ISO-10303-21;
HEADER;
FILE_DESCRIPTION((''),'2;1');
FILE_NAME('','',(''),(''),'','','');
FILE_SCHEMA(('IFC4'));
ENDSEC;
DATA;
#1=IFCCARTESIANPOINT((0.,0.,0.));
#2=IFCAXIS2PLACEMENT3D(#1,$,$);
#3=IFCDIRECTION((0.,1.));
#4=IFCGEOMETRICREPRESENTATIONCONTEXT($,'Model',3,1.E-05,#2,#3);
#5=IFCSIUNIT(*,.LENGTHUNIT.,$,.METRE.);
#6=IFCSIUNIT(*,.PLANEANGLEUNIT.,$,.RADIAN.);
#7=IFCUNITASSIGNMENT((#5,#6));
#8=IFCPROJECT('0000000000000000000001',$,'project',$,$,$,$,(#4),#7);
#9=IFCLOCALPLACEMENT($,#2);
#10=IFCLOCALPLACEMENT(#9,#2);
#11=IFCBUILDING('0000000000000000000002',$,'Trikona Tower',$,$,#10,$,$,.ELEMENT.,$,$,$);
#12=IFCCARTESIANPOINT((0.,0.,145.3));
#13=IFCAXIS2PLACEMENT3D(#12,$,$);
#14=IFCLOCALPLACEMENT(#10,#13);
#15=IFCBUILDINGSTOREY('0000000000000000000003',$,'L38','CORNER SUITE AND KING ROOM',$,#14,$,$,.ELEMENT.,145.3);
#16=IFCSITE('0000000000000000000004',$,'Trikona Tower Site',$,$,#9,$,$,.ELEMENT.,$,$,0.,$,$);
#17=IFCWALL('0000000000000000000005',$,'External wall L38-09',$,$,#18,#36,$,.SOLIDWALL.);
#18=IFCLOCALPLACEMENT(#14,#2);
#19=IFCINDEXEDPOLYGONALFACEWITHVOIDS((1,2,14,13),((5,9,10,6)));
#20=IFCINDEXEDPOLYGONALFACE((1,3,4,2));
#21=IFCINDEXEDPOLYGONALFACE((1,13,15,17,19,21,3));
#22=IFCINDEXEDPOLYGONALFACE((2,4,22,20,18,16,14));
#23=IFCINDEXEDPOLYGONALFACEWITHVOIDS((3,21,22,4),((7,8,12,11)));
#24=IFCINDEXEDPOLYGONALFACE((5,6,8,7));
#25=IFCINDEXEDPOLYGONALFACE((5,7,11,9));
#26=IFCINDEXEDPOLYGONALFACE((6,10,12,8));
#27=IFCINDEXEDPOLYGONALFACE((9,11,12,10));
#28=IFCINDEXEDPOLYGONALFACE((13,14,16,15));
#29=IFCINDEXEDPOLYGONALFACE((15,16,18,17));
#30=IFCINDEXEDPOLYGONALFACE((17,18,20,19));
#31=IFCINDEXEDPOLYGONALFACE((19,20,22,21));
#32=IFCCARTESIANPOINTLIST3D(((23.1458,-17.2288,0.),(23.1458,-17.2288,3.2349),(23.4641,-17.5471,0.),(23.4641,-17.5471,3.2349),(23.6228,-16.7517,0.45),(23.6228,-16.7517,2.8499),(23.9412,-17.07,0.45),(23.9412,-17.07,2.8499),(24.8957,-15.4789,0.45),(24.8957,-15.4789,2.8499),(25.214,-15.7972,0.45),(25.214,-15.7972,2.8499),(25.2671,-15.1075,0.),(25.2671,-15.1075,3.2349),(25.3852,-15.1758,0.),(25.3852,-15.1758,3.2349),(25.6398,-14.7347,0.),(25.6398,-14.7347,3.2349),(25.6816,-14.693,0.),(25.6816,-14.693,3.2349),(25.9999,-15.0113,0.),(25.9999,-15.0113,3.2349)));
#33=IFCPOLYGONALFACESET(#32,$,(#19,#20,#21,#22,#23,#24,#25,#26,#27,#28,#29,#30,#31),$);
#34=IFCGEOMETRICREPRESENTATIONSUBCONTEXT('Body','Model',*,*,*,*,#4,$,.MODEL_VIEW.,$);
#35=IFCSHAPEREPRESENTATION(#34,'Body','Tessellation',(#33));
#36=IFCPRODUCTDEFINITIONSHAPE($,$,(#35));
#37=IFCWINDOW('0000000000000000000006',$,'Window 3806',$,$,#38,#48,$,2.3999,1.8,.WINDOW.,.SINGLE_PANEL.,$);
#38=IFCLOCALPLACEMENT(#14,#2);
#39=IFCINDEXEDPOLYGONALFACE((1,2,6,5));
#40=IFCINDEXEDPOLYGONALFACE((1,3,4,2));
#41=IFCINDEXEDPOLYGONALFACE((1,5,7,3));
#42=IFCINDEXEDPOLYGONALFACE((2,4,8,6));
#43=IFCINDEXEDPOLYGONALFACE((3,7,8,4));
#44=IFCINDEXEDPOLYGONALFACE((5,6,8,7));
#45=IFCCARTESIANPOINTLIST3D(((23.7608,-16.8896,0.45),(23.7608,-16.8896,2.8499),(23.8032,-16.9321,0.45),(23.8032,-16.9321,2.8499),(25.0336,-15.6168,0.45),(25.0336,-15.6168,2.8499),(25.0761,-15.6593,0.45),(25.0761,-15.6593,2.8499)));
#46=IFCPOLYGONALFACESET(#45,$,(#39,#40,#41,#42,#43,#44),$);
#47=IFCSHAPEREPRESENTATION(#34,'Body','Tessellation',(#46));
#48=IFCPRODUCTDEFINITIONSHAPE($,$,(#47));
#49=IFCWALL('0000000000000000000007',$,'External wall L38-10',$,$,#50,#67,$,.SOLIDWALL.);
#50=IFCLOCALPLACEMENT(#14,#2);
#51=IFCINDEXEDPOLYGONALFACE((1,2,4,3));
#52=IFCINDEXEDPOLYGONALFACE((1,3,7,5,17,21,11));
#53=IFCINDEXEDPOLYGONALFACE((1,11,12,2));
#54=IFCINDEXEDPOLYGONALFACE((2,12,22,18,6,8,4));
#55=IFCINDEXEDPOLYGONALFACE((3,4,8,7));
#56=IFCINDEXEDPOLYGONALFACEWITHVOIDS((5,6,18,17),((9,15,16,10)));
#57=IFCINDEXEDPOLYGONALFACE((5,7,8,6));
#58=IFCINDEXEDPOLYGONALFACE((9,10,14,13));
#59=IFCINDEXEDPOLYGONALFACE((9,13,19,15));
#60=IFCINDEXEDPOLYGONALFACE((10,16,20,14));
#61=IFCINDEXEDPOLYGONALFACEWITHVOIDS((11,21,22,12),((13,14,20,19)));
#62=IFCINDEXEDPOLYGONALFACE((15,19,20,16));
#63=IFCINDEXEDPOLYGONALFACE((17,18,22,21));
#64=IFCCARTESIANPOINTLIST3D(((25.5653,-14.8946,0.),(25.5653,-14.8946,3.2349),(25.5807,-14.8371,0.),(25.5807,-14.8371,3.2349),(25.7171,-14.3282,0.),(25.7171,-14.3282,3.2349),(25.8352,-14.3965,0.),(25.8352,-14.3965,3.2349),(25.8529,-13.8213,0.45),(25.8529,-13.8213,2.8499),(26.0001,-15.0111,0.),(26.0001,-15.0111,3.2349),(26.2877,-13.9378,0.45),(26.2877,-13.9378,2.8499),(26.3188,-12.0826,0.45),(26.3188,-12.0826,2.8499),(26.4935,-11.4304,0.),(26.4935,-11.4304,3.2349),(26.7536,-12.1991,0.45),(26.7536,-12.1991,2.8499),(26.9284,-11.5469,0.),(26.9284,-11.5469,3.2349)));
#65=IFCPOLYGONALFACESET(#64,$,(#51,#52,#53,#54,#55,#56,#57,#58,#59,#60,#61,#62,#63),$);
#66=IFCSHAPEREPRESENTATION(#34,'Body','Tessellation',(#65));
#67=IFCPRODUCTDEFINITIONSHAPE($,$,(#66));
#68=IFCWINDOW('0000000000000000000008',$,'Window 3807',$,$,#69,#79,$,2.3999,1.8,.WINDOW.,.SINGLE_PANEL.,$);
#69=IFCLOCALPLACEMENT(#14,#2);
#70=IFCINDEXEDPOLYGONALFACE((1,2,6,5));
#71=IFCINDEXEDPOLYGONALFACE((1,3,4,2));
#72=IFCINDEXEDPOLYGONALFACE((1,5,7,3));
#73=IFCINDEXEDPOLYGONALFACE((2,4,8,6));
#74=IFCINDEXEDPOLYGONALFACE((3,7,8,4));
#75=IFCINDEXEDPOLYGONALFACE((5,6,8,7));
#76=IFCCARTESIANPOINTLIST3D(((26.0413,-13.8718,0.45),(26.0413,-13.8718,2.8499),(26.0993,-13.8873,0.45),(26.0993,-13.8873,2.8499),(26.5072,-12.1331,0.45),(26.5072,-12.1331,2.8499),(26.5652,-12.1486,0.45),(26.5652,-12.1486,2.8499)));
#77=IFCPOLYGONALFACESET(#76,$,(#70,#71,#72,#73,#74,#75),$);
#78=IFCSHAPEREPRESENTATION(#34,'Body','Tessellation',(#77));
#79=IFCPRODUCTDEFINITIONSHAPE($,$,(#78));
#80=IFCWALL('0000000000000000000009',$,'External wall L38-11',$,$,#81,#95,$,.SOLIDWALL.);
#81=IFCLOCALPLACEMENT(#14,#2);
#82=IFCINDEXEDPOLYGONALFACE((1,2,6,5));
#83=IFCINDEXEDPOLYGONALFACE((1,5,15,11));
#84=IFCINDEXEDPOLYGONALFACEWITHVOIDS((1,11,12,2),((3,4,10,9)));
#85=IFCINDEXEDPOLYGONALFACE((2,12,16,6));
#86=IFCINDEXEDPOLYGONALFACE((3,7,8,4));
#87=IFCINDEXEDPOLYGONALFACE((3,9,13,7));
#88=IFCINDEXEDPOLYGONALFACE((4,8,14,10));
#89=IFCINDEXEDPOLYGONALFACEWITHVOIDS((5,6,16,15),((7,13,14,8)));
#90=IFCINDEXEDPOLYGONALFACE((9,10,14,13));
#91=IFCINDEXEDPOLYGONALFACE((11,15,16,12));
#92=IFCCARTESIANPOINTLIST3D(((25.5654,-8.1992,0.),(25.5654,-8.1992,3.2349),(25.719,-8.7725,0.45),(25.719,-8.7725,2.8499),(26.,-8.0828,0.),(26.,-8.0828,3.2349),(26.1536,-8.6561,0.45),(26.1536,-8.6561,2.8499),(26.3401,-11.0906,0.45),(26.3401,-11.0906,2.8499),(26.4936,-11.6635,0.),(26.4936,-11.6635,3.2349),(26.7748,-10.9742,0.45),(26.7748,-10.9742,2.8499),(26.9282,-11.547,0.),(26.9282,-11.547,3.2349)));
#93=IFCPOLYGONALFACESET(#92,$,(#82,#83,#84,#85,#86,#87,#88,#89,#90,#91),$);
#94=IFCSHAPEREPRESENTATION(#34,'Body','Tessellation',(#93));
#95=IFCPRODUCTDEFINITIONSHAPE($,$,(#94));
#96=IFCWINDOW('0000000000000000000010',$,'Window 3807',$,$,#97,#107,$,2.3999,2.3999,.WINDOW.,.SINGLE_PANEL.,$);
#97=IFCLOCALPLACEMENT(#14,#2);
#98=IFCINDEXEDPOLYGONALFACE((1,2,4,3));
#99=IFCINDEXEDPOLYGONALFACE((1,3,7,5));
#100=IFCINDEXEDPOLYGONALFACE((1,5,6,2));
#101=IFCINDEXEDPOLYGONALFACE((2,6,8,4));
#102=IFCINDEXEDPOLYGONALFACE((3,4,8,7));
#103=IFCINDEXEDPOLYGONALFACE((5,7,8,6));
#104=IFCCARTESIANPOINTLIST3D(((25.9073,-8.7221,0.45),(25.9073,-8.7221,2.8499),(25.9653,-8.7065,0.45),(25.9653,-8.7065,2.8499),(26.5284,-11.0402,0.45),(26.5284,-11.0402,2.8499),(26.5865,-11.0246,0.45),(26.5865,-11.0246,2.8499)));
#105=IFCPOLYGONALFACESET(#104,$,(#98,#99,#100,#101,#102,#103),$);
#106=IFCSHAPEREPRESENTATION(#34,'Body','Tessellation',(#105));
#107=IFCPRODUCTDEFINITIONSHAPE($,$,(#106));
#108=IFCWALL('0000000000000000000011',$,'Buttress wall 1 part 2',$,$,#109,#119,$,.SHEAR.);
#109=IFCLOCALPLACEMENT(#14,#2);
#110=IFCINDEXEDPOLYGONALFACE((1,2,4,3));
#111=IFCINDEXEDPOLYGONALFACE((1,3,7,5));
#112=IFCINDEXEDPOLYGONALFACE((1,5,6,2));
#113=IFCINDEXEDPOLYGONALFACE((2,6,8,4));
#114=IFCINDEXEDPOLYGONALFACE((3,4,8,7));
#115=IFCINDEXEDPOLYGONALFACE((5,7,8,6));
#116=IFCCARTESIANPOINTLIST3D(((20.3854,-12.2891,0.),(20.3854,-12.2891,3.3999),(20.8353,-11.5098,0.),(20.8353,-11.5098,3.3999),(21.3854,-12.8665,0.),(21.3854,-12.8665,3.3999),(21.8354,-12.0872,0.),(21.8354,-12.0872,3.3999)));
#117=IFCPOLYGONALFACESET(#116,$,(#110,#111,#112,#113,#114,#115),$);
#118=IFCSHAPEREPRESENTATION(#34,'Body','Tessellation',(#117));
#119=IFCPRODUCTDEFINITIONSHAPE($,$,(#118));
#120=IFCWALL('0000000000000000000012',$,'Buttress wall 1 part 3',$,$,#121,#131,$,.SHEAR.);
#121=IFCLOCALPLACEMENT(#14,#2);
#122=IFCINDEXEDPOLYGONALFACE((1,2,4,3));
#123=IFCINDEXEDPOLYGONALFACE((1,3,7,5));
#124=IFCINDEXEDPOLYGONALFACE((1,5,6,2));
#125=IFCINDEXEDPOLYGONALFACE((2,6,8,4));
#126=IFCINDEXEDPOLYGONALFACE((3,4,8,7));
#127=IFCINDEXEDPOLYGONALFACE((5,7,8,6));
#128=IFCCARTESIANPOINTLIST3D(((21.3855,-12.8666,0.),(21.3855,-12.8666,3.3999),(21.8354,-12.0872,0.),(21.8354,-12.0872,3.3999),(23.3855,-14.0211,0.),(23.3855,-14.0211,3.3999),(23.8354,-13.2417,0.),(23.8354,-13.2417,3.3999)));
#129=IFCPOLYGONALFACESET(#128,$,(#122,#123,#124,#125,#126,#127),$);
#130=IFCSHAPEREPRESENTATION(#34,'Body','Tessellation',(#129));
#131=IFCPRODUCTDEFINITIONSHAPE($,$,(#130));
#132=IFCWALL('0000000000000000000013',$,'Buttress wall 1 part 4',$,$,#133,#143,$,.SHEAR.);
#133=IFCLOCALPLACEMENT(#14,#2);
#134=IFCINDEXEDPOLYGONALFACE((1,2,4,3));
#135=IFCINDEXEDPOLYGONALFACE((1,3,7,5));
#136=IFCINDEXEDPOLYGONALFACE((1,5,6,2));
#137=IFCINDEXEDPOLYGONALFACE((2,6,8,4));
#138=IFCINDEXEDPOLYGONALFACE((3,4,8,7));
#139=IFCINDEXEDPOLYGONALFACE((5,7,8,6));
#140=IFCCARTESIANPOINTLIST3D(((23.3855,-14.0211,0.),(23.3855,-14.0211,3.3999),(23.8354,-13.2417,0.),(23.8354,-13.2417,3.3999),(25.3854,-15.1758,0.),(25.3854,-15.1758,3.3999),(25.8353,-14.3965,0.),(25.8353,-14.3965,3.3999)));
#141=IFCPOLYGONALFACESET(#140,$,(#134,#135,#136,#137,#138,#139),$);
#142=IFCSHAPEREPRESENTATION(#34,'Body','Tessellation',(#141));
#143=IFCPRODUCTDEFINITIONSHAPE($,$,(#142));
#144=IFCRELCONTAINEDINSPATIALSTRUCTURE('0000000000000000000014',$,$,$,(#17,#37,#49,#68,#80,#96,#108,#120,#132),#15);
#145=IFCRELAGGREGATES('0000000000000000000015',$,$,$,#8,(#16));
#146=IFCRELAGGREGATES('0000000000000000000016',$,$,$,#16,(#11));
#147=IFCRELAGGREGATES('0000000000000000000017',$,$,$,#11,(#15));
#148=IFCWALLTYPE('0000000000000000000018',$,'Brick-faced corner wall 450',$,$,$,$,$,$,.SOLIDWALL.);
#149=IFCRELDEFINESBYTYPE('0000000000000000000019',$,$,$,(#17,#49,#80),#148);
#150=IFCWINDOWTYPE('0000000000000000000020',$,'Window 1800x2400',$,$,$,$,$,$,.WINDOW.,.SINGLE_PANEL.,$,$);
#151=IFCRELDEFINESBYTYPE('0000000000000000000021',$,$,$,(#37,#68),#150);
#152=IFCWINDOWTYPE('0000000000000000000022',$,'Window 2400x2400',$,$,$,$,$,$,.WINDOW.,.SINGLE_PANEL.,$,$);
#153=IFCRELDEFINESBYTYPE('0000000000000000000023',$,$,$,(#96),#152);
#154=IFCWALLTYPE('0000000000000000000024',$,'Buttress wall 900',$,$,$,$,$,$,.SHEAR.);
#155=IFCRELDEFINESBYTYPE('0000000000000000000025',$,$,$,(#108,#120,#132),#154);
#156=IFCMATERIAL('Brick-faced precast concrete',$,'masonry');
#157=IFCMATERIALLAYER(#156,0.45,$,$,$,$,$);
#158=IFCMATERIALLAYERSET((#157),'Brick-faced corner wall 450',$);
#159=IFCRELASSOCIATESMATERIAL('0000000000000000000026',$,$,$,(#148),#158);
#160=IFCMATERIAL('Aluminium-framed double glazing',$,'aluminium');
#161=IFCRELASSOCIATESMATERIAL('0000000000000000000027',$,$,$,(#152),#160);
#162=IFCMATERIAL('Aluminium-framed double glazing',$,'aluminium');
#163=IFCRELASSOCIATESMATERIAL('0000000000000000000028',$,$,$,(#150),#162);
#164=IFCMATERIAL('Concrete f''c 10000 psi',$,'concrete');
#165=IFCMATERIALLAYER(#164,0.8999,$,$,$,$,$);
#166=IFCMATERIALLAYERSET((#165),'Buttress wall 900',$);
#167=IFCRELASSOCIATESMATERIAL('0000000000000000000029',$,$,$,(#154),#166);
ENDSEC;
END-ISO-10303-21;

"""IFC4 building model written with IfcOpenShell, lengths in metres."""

from ifc_helpers import new_model, si_unit, direction, frame, frame_2d, origin, place, context, subcontext, project, spatial, polyline, rectangle, outline, extrude, material, layer, layer_set, type_object, element, fill, save


model = new_model("IFC4")

# Units and contexts
model_context = context("Model", 3, precision=1e-05, world=origin(), true_north=direction((0.0, 1.0)))
body_context = subcontext(model_context, "Body", "Model", "MODEL_VIEW")
ifc_project = project(units=[si_unit("LENGTHUNIT", "METRE"), si_unit("PLANEANGLEUNIT", "RADIAN")], contexts=[model_context])

# Site, building, storey
site_placement = place(None, origin())
site = spatial("IfcSite", under=ifc_project, at=site_placement, Name="Trikona Tower Site", CompositionType="ELEMENT", RefElevation=0.0)
building_placement = place(site_placement, origin())
building = spatial("IfcBuilding", under=site, at=building_placement, Name="Trikona Tower", CompositionType="ELEMENT")
storey_placement = place(building_placement, frame((0.0, 0.0, 145.3)))
storey = spatial("IfcBuildingStorey", under=building, at=storey_placement, Name="L38", Description="CORNER SUITE AND KING ROOM", CompositionType="ELEMENT", Elevation=145.3)

# Walls, openings, windows
ifc_material_1 = material(Name="Brick-faced precast concrete", Category="masonry")
ifc_layer_1 = layer(ifc_material_1, 0.45)
ifc_layer_set_1 = layer_set([ifc_layer_1], Name="Brick-faced corner wall 450")
wall_type_1 = type_object("IfcWallType", Name="Brick-faced corner wall 450", PredefinedType="SOLIDWALL", material=ifc_layer_set_1)
ifc_material_2 = material(Name="Aluminium-framed double glazing", Category="aluminium")
window_type_1 = type_object("IfcWindowType", Name="Window 2400x2400", PartitioningType="SINGLE_PANEL", PredefinedType="WINDOW", material=ifc_material_2)
wall_1_placement = place(storey_placement, frame((23.3049, -17.3879, 0.0), z_axis=(0.0, 0.0, 1.0), x_axis=(0.707107, 0.707107, 0.0)))
wall_1 = element("IfcWall", 1, at=wall_1_placement, inside=storey, type_object=wall_type_1, Name="External wall L38-09", PredefinedType="SOLIDWALL", context=body_context, shape_type="SweptSolid", body=[
    extrude(outline(polyline([(3.5862, 0.2251), (3.5271, 0.2251), (3.0352, 0.0933), (3.0, 0.2251), (0.0, 0.2251), (0.0, -0.2251), (3.5862, -0.2251), (3.5862, 0.2251)])), origin(), (0.0, 0.0, 1.0), 3.2349),
])
opening_1_placement = place(wall_1_placement, frame((0.6748, 0.0, 0.45)))
opening_1 = element("IfcOpeningElement", 2, at=opening_1_placement, cuts=wall_1, PredefinedType="OPENING", context=body_context, shape_type="SweptSolid", body=[
    extrude(rectangle(XDim=1.8, YDim=2.3999, at=frame_2d((0.8999, 1.2))), frame((0.0, 0.2349, 0.0), z_axis=(0.0, -1.0, 0.0), x_axis=(1.0, 0.0, 0.0)), (0.0, 0.0, 1.0), 0.47),
])
ifc_material_3 = material(Name="Aluminium-framed double glazing", Category="aluminium")
window_type_2 = type_object("IfcWindowType", Name="Window 1800x2400", PartitioningType="SINGLE_PANEL", PredefinedType="WINDOW", material=ifc_material_3)
window_1_placement = place(opening_1_placement, origin())
window_1 = element("IfcWindow", 3, at=window_1_placement, inside=storey, type_object=window_type_2, Name="Window 3806", OverallHeight=2.3999, OverallWidth=1.8, PartitioningType="SINGLE_PANEL", PredefinedType="WINDOW", context=body_context, shape_type="SweptSolid", body=[
    extrude(rectangle(XDim=1.8, YDim=2.3999, at=frame_2d((0.8999, 1.2))), frame((0.0, 0.03, 0.0), z_axis=(0.0, -1.0, 0.0), x_axis=(1.0, 0.0, 0.0)), (0.0, 0.0, 1.0), 0.0601),
])
fill(opening_1, window_1)
wall_2_placement = place(storey_placement, frame((25.7827, -14.9529, 0.0), z_axis=(0.0, 0.0, 1.0), x_axis=(0.258823, 0.965925, 0.0)))
wall_2 = element("IfcWall", 4, at=wall_2_placement, inside=storey, type_object=wall_type_1, Name="External wall L38-10", PredefinedType="SOLIDWALL", context=body_context, shape_type="SweptSolid", body=[
    extrude(outline(polyline([(3.5864, 0.2251), (0.5864, 0.2251), (0.551, 0.0933), (0.0596, 0.2251), (0.0, 0.2251), (0.0, -0.2251), (3.5864, -0.2251), (3.5864, 0.2251)])), origin(), (0.0, 0.0, 1.0), 3.2349),
])
opening_2_placement = place(wall_2_placement, frame((1.1113, 0.0, 0.45)))
opening_2 = element("IfcOpeningElement", 5, at=opening_2_placement, cuts=wall_2, PredefinedType="OPENING", context=body_context, shape_type="SweptSolid", body=[
    extrude(rectangle(XDim=1.8, YDim=2.3999, at=frame_2d((0.8999, 1.2))), frame((0.0, 0.2349, 0.0), z_axis=(0.0, -1.0, 0.0), x_axis=(1.0, 0.0, 0.0)), (0.0, 0.0, 1.0), 0.47),
])
window_2_placement = place(opening_2_placement, origin())
window_2 = element("IfcWindow", 6, at=window_2_placement, inside=storey, type_object=window_type_2, Name="Window 3807", OverallHeight=2.3999, OverallWidth=1.8, PartitioningType="SINGLE_PANEL", PredefinedType="WINDOW", context=body_context, shape_type="SweptSolid", body=[
    extrude(rectangle(XDim=1.8, YDim=2.3999, at=frame_2d((0.8999, 1.2))), frame((0.0, 0.03, 0.0), z_axis=(0.0, -1.0, 0.0), x_axis=(1.0, 0.0, 0.0)), (0.0, 0.0, 1.0), 0.0601),
])
fill(opening_2, window_2)
wall_3_placement = place(storey_placement, frame((26.7109, -11.6052, 0.0), z_axis=(0.0, 0.0, 1.0), x_axis=(-0.258823, 0.965925, 0.0)))
wall_3 = element("IfcWall", 7, at=wall_3_placement, inside=storey, type_object=wall_type_1, Name="External wall L38-11", PredefinedType="SOLIDWALL", context=body_context, shape_type="SweptSolid", body=[
    extrude(rectangle(XDim=3.5864, YDim=0.45, at=frame_2d((1.7932, 0.0))), origin(), (0.0, 0.0, 1.0), 3.2349),
])
opening_3_placement = place(wall_3_placement, frame((0.593, 0.0, 0.45)))
opening_3 = element("IfcOpeningElement", 8, at=opening_3_placement, cuts=wall_3, PredefinedType="OPENING", context=body_context, shape_type="SweptSolid", body=[
    extrude(rectangle(XDim=2.3999, YDim=2.3999, at=frame_2d((1.2, 1.2))), frame((0.0, 0.2349, 0.0), z_axis=(0.0, -1.0, 0.0), x_axis=(1.0, 0.0, 0.0)), (0.0, 0.0, 1.0), 0.47),
])
window_3_placement = place(opening_3_placement, origin())
window_3 = element("IfcWindow", 9, at=window_3_placement, inside=storey, type_object=window_type_1, Name="Window 3807", OverallHeight=2.3999, OverallWidth=2.3999, PartitioningType="SINGLE_PANEL", PredefinedType="WINDOW", context=body_context, shape_type="SweptSolid", body=[
    extrude(rectangle(XDim=2.3999, YDim=2.3999, at=frame_2d((1.2, 1.2))), frame((0.0, 0.03, 0.0), z_axis=(0.0, -1.0, 0.0), x_axis=(1.0, 0.0, 0.0)), (0.0, 0.0, 1.0), 0.0601),
])
fill(opening_3, window_3)

# Walls
ifc_material_4 = material(Name="Concrete f'c 10000 psi", Category="concrete")
ifc_layer_2 = layer(ifc_material_4, 0.8999)
ifc_layer_set_2 = layer_set([ifc_layer_2], Name="Buttress wall 900")
wall_type_2 = type_object("IfcWallType", Name="Buttress wall 900", PredefinedType="SHEAR", material=ifc_layer_set_2)
wall_4_placement = place(storey_placement, frame((20.6104, -11.8994, 0.0), z_axis=(0.0, 0.0, 1.0), x_axis=(0.86601, -0.500027, 0.0)))
element("IfcWall", 10, at=wall_4_placement, inside=storey, type_object=wall_type_2, Name="Buttress wall 1 part 2", PredefinedType="SHEAR", context=body_context, shape_type="SweptSolid", body=[
    extrude(rectangle(XDim=1.1548, YDim=0.8999, at=frame_2d((0.5774, 0.0))), origin(), (0.0, 0.0, 1.0), 3.3999),
])
for number, where, z_axis, x_axis, name in (
    (11, (21.6104, -12.4768, 0.0), (0.0, 0.0, 1.0), (0.866055, -0.499948, 0.0), "Buttress wall 1 part 3"),
    (12, (23.6104, -13.6313, 0.0), (0.0, 0.0, 1.0), (0.86601, -0.500027, 0.0), "Buttress wall 1 part 4"),
):
    element("IfcWall", number, at=place(storey_placement, frame(where, z_axis=z_axis, x_axis=x_axis)), inside=storey, type_object=wall_type_2, Name=name, PredefinedType="SHEAR", context=body_context, shape_type="SweptSolid", body=[
        extrude(rectangle(XDim=2.3093, YDim=0.8999, at=frame_2d((1.1548, 0.0))), origin(), (0.0, 0.0, 1.0), 3.3999),
    ])

save(model, "model.ifc")
